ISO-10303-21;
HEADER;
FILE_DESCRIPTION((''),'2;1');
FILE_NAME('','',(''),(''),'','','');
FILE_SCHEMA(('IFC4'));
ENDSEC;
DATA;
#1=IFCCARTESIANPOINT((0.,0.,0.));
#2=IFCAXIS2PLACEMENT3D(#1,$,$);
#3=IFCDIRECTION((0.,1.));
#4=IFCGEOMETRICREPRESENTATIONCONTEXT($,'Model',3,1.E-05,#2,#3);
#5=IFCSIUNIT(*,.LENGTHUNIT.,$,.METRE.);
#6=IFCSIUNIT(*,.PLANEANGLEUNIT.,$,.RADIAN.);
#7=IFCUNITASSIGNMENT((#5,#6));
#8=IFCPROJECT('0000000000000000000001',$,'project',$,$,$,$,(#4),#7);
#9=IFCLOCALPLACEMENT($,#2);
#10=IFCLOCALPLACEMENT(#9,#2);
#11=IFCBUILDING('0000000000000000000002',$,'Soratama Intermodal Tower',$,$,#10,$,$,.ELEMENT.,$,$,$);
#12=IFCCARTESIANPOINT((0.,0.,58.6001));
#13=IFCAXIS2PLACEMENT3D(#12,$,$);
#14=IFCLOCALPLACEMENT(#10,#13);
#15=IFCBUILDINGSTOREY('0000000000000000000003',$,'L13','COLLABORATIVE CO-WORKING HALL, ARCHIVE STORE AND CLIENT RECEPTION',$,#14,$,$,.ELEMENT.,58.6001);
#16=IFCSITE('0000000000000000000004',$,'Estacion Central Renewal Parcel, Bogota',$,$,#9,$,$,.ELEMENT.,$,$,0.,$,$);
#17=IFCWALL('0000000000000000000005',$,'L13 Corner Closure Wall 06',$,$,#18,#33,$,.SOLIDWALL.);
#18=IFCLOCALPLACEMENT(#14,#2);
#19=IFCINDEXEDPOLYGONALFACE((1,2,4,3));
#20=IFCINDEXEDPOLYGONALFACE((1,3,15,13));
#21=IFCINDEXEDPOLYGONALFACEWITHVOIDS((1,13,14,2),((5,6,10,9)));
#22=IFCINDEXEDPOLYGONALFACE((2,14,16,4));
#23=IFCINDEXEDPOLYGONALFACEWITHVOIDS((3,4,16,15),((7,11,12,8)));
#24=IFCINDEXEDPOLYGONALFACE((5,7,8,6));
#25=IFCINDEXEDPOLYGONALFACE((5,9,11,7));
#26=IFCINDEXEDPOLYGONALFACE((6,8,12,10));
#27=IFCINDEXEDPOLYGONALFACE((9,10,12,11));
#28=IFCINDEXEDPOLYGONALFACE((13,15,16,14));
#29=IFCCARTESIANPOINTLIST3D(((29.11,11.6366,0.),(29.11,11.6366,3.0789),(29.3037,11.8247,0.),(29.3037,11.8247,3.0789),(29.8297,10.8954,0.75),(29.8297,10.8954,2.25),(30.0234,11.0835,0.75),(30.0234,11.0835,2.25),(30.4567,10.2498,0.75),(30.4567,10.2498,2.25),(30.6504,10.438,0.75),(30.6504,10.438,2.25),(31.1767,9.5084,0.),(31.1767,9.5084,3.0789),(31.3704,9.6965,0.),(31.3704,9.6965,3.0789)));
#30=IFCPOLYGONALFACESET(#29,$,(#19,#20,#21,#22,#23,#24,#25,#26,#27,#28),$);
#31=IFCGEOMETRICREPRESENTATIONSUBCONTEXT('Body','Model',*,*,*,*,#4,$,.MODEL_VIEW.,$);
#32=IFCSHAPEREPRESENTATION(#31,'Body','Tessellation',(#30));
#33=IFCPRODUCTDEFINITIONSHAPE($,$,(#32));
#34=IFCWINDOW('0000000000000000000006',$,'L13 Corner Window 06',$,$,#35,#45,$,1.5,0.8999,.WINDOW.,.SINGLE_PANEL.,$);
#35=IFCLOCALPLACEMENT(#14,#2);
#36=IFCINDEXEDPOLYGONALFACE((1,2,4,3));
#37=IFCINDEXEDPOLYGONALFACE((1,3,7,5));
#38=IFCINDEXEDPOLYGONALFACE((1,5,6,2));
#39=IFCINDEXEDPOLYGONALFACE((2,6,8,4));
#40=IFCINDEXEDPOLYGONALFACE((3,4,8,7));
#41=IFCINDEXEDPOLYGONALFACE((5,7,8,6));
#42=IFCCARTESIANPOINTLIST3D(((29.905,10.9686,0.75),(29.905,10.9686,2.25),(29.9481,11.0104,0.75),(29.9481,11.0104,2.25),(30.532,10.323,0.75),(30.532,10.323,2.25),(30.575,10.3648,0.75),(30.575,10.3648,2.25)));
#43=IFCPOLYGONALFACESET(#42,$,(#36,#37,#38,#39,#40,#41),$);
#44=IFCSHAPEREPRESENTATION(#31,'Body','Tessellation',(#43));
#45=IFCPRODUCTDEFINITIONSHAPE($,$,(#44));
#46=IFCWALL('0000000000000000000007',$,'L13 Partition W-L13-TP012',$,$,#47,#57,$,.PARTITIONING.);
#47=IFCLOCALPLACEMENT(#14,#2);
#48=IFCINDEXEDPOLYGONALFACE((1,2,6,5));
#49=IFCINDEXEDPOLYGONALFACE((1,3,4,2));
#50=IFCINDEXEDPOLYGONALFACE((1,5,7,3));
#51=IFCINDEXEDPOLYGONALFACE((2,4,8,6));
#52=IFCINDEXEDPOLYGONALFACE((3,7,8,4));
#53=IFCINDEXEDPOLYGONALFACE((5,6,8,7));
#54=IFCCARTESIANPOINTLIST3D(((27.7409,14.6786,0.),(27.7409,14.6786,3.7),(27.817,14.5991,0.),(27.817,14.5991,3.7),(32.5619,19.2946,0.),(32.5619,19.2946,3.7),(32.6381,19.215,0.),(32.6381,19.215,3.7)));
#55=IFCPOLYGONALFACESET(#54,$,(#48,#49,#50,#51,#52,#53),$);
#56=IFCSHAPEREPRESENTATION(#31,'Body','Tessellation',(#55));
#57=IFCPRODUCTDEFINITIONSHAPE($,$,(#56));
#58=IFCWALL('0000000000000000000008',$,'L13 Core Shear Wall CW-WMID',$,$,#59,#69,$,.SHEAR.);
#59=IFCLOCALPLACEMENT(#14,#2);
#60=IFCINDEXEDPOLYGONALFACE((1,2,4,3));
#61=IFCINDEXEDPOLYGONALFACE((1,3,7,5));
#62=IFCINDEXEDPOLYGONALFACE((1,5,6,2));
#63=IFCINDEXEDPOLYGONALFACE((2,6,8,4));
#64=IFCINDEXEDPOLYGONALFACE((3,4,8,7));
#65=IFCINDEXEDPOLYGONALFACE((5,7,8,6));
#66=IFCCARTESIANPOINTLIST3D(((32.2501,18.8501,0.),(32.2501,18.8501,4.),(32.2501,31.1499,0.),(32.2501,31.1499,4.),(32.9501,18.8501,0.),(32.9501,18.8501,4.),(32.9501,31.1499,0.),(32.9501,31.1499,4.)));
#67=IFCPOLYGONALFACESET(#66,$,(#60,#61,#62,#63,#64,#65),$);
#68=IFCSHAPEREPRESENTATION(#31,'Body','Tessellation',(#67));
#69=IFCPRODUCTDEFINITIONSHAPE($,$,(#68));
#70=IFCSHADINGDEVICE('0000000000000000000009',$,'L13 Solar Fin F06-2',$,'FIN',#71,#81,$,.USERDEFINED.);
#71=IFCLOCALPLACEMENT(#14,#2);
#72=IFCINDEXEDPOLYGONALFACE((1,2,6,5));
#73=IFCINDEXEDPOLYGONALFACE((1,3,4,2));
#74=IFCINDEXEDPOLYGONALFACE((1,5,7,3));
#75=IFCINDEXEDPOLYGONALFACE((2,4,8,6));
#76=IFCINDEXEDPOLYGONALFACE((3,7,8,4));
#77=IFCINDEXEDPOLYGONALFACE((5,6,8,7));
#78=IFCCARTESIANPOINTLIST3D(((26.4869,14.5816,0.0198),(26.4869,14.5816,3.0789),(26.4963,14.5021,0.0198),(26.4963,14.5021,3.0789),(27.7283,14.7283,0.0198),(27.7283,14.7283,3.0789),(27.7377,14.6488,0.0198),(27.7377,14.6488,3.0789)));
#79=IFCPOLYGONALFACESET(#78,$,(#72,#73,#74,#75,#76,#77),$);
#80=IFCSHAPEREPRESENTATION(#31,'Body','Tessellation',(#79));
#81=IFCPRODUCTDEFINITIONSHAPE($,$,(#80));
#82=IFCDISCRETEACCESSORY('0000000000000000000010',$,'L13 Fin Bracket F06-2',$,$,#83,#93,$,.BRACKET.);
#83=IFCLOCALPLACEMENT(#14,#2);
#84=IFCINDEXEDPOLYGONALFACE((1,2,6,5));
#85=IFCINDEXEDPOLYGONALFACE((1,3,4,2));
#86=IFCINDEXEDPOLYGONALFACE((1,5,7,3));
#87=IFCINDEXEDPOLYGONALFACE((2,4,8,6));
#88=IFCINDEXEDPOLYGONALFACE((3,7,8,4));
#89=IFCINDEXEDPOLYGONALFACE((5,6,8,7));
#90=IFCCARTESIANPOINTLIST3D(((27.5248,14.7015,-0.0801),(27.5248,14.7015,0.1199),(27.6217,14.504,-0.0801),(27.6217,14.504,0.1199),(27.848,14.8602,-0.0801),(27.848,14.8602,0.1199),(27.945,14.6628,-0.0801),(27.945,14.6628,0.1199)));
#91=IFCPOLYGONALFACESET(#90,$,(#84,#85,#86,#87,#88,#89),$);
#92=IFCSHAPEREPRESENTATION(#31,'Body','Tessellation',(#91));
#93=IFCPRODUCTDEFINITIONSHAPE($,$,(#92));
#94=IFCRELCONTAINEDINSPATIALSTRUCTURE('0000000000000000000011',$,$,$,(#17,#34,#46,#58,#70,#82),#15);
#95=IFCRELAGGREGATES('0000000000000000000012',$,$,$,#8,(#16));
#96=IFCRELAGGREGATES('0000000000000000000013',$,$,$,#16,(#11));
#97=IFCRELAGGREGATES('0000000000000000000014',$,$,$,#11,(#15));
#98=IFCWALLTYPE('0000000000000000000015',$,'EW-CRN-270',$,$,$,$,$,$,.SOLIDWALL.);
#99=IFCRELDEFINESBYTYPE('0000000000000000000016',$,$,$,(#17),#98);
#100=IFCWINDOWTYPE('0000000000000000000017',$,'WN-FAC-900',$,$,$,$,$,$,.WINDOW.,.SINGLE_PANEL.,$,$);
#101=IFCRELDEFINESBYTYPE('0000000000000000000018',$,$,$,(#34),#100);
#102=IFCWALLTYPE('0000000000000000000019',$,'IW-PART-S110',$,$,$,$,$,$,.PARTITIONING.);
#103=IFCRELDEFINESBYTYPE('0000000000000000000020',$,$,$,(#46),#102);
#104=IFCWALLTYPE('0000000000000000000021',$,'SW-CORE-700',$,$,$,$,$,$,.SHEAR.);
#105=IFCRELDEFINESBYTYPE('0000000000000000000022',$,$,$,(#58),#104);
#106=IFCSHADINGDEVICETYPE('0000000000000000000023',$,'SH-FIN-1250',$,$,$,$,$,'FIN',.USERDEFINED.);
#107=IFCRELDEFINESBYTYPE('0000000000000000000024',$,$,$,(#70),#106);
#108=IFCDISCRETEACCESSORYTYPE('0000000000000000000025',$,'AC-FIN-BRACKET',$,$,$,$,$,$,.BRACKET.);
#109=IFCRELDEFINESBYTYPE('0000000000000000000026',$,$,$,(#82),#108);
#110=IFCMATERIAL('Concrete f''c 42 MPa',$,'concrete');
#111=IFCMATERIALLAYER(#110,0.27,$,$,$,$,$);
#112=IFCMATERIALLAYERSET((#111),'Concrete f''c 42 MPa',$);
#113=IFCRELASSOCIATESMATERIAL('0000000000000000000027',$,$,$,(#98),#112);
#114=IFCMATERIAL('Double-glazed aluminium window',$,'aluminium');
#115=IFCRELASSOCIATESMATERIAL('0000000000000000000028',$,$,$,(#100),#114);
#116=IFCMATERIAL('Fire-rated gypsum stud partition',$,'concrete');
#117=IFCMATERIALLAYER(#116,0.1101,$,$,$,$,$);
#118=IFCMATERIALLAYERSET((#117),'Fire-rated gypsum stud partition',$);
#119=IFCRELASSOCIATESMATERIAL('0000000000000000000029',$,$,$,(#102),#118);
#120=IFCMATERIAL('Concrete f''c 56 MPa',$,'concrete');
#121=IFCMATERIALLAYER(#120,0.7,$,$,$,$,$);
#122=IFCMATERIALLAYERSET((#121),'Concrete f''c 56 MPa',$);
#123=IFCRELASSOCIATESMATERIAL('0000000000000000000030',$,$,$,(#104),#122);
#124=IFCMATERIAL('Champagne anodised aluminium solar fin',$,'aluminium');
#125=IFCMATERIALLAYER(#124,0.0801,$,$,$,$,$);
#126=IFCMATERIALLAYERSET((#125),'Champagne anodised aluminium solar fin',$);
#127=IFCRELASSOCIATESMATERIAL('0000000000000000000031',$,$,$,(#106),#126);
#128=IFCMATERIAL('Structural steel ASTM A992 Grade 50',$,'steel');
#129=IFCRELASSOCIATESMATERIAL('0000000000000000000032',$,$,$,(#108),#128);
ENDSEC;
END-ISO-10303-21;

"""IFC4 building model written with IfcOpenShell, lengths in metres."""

from ifc_helpers import new_model, si_unit, direction, frame, frame_2d, origin, origin_2d, place, context, subcontext, project, spatial, rectangle, extrude, material, layer, layer_set, type_object, element, fill, save


model = new_model("IFC4")

# Units and contexts
model_context = context("Model", 3, precision=1e-05, world=origin(), true_north=direction((0.0, 1.0)))
body_context = subcontext(model_context, "Body", "Model", "MODEL_VIEW")
ifc_project = project(units=[si_unit("LENGTHUNIT", "METRE"), si_unit("PLANEANGLEUNIT", "RADIAN")], contexts=[model_context])

# Site, building, storey
site_placement = place(None, origin())
site = spatial("IfcSite", under=ifc_project, at=site_placement, Name="Estacion Central Renewal Parcel, Bogota", CompositionType="ELEMENT", RefElevation=0.0)
building_placement = place(site_placement, origin())
building = spatial("IfcBuilding", under=site, at=building_placement, Name="Soratama Intermodal Tower", CompositionType="ELEMENT")
storey_placement = place(building_placement, frame((0.0, 0.0, 58.6001)))
storey = spatial("IfcBuildingStorey", under=building, at=storey_placement, Name="L13", Description="COLLABORATIVE CO-WORKING HALL, ARCHIVE STORE AND CLIENT RECEPTION", CompositionType="ELEMENT", Elevation=58.6001)

# Wall, opening, window
ifc_material_1 = material(Name="Concrete f'c 42 MPa", Category="concrete")
ifc_layer_1 = layer(ifc_material_1, 0.27)
ifc_layer_set_1 = layer_set([ifc_layer_1], Name="Concrete f'c 42 MPa")
wall_type_1 = type_object("IfcWallType", Name="EW-CRN-270", PredefinedType="SOLIDWALL", material=ifc_layer_set_1)
wall_1_placement = place(storey_placement, frame((29.2068, 11.7307, 0.0), z_axis=(0.0, 0.0, 1.0), x_axis=(0.696661, -0.7174, 0.0)))
wall_1 = element("IfcWall", 1, at=wall_1_placement, inside=storey, type_object=wall_type_1, Name="L13 Corner Closure Wall 06", PredefinedType="SOLIDWALL", context=body_context, shape_type="SweptSolid", body=[
    extrude(rectangle(XDim=2.9666, YDim=0.27, at=frame_2d((1.4834, 0.0))), origin(), (0.0, 0.0, 1.0), 3.0789),
])
opening_1_placement = place(wall_1_placement, frame((1.0332, 0.0, 0.75)))
opening_1 = element("IfcOpeningElement", 2, at=opening_1_placement, cuts=wall_1, PredefinedType="OPENING", context=body_context, shape_type="SweptSolid", body=[
    extrude(rectangle(XDim=0.8999, YDim=1.5, at=frame_2d((0.45, 0.75))), frame((0.0, 0.145, 0.0), z_axis=(0.0, -1.0, 0.0), x_axis=(1.0, 0.0, 0.0)), (0.0, 0.0, 1.0), 0.29),
])
ifc_material_2 = material(Name="Double-glazed aluminium window", Category="aluminium")
window_type = type_object("IfcWindowType", Name="WN-FAC-900", PartitioningType="SINGLE_PANEL", PredefinedType="WINDOW", material=ifc_material_2)
window_placement = place(opening_1_placement, origin())
window = element("IfcWindow", 3, at=window_placement, inside=storey, type_object=window_type, Name="L13 Corner Window 06", OverallHeight=1.5, OverallWidth=0.8999, PartitioningType="SINGLE_PANEL", PredefinedType="WINDOW", context=body_context, shape_type="SweptSolid", body=[
    extrude(rectangle(XDim=0.8999, YDim=1.5, at=frame_2d((0.45, 0.75))), frame((0.0, 0.03, 0.0), z_axis=(0.0, -1.0, 0.0), x_axis=(1.0, 0.0, 0.0)), (0.0, 0.0, 1.0), 0.0601),
])
fill(opening_1, window)

# Walls
ifc_material_3 = material(Name="Fire-rated gypsum stud partition", Category="concrete")
ifc_layer_2 = layer(ifc_material_3, 0.1101)
ifc_layer_set_2 = layer_set([ifc_layer_2], Name="Fire-rated gypsum stud partition")
wall_type_2 = type_object("IfcWallType", Name="IW-PART-S110", PredefinedType="PARTITIONING", material=ifc_layer_set_2)
wall_2_placement = place(storey_placement, frame((32.6001, 19.2549, 0.0), z_axis=(0.0, 0.0, 1.0), x_axis=(-0.722303, -0.691577, 0.0)))
element("IfcWall", 4, at=wall_2_placement, inside=storey, type_object=wall_type_2, Name="L13 Partition W-L13-TP012", PredefinedType="PARTITIONING", context=body_context, shape_type="SweptSolid", body=[
    extrude(rectangle(XDim=6.6746, YDim=0.1101, at=frame_2d((3.3374, 0.0))), origin(), (0.0, 0.0, 1.0), 3.7),
])
ifc_material_4 = material(Name="Concrete f'c 56 MPa", Category="concrete")
ifc_layer_3 = layer(ifc_material_4, 0.7)
ifc_layer_set_3 = layer_set([ifc_layer_3], Name="Concrete f'c 56 MPa")
wall_type_3 = type_object("IfcWallType", Name="SW-CORE-700", PredefinedType="SHEAR", material=ifc_layer_set_3)
wall_3_placement = place(storey_placement, frame((32.6001, 18.8501, 0.0), z_axis=(0.0, 0.0, 1.0), x_axis=(0.0, 1.0, 0.0)))
element("IfcWall", 5, at=wall_3_placement, inside=storey, type_object=wall_type_3, Name="L13 Core Shear Wall CW-WMID", PredefinedType="SHEAR", context=body_context, shape_type="SweptSolid", body=[
    extrude(rectangle(XDim=12.2998, YDim=0.7, at=frame_2d((6.1499, 0.0))), origin(), (0.0, 0.0, 1.0), 4.0),
])

# Shading device
ifc_material_5 = material(Name="Champagne anodised aluminium solar fin", Category="aluminium")
ifc_layer_4 = layer(ifc_material_5, 0.0801)
ifc_layer_set_4 = layer_set([ifc_layer_4], Name="Champagne anodised aluminium solar fin")
shading_device_type = type_object("IfcShadingDeviceType", Name="SH-FIN-1250", ElementType="FIN", PredefinedType="USERDEFINED", material=ifc_layer_set_4)
shading_device_placement = place(storey_placement, frame((27.1123, 14.6152, 0.0198), z_axis=(0.0, 0.0, 1.0), x_axis=(-0.993089, -0.117364, 0.0)))
element("IfcShadingDevice", 6, at=shading_device_placement, inside=storey, type_object=shading_device_type, Name="L13 Solar Fin F06-2", ObjectType="FIN", PredefinedType="USERDEFINED", context=body_context, shape_type="SweptSolid", body=[
    extrude(rectangle(XDim=1.25, YDim=0.0801, at=origin_2d()), origin(), (0.0, 0.0, 1.0), 3.0591),
])

# Discrete accessory
ifc_material_6 = material(Name="Structural steel ASTM A992 Grade 50", Category="steel")
discrete_accessory_type = type_object("IfcDiscreteAccessoryType", Name="AC-FIN-BRACKET", PredefinedType="BRACKET", material=ifc_material_6)
discrete_accessory_placement = place(storey_placement, frame((27.7349, 14.6821, -0.0801), z_axis=(0.0, 0.0, 1.0), x_axis=(-0.897566, -0.440879, 0.0)))
element("IfcDiscreteAccessory", 7, at=discrete_accessory_placement, inside=storey, type_object=discrete_accessory_type, Name="L13 Fin Bracket F06-2", PredefinedType="BRACKET", context=body_context, shape_type="SweptSolid", body=[
    extrude(rectangle(XDim=0.3601, YDim=0.22, at=origin_2d()), origin(), (0.0, 0.0, 1.0), 0.2),
])

save(model, "model.ifc")
